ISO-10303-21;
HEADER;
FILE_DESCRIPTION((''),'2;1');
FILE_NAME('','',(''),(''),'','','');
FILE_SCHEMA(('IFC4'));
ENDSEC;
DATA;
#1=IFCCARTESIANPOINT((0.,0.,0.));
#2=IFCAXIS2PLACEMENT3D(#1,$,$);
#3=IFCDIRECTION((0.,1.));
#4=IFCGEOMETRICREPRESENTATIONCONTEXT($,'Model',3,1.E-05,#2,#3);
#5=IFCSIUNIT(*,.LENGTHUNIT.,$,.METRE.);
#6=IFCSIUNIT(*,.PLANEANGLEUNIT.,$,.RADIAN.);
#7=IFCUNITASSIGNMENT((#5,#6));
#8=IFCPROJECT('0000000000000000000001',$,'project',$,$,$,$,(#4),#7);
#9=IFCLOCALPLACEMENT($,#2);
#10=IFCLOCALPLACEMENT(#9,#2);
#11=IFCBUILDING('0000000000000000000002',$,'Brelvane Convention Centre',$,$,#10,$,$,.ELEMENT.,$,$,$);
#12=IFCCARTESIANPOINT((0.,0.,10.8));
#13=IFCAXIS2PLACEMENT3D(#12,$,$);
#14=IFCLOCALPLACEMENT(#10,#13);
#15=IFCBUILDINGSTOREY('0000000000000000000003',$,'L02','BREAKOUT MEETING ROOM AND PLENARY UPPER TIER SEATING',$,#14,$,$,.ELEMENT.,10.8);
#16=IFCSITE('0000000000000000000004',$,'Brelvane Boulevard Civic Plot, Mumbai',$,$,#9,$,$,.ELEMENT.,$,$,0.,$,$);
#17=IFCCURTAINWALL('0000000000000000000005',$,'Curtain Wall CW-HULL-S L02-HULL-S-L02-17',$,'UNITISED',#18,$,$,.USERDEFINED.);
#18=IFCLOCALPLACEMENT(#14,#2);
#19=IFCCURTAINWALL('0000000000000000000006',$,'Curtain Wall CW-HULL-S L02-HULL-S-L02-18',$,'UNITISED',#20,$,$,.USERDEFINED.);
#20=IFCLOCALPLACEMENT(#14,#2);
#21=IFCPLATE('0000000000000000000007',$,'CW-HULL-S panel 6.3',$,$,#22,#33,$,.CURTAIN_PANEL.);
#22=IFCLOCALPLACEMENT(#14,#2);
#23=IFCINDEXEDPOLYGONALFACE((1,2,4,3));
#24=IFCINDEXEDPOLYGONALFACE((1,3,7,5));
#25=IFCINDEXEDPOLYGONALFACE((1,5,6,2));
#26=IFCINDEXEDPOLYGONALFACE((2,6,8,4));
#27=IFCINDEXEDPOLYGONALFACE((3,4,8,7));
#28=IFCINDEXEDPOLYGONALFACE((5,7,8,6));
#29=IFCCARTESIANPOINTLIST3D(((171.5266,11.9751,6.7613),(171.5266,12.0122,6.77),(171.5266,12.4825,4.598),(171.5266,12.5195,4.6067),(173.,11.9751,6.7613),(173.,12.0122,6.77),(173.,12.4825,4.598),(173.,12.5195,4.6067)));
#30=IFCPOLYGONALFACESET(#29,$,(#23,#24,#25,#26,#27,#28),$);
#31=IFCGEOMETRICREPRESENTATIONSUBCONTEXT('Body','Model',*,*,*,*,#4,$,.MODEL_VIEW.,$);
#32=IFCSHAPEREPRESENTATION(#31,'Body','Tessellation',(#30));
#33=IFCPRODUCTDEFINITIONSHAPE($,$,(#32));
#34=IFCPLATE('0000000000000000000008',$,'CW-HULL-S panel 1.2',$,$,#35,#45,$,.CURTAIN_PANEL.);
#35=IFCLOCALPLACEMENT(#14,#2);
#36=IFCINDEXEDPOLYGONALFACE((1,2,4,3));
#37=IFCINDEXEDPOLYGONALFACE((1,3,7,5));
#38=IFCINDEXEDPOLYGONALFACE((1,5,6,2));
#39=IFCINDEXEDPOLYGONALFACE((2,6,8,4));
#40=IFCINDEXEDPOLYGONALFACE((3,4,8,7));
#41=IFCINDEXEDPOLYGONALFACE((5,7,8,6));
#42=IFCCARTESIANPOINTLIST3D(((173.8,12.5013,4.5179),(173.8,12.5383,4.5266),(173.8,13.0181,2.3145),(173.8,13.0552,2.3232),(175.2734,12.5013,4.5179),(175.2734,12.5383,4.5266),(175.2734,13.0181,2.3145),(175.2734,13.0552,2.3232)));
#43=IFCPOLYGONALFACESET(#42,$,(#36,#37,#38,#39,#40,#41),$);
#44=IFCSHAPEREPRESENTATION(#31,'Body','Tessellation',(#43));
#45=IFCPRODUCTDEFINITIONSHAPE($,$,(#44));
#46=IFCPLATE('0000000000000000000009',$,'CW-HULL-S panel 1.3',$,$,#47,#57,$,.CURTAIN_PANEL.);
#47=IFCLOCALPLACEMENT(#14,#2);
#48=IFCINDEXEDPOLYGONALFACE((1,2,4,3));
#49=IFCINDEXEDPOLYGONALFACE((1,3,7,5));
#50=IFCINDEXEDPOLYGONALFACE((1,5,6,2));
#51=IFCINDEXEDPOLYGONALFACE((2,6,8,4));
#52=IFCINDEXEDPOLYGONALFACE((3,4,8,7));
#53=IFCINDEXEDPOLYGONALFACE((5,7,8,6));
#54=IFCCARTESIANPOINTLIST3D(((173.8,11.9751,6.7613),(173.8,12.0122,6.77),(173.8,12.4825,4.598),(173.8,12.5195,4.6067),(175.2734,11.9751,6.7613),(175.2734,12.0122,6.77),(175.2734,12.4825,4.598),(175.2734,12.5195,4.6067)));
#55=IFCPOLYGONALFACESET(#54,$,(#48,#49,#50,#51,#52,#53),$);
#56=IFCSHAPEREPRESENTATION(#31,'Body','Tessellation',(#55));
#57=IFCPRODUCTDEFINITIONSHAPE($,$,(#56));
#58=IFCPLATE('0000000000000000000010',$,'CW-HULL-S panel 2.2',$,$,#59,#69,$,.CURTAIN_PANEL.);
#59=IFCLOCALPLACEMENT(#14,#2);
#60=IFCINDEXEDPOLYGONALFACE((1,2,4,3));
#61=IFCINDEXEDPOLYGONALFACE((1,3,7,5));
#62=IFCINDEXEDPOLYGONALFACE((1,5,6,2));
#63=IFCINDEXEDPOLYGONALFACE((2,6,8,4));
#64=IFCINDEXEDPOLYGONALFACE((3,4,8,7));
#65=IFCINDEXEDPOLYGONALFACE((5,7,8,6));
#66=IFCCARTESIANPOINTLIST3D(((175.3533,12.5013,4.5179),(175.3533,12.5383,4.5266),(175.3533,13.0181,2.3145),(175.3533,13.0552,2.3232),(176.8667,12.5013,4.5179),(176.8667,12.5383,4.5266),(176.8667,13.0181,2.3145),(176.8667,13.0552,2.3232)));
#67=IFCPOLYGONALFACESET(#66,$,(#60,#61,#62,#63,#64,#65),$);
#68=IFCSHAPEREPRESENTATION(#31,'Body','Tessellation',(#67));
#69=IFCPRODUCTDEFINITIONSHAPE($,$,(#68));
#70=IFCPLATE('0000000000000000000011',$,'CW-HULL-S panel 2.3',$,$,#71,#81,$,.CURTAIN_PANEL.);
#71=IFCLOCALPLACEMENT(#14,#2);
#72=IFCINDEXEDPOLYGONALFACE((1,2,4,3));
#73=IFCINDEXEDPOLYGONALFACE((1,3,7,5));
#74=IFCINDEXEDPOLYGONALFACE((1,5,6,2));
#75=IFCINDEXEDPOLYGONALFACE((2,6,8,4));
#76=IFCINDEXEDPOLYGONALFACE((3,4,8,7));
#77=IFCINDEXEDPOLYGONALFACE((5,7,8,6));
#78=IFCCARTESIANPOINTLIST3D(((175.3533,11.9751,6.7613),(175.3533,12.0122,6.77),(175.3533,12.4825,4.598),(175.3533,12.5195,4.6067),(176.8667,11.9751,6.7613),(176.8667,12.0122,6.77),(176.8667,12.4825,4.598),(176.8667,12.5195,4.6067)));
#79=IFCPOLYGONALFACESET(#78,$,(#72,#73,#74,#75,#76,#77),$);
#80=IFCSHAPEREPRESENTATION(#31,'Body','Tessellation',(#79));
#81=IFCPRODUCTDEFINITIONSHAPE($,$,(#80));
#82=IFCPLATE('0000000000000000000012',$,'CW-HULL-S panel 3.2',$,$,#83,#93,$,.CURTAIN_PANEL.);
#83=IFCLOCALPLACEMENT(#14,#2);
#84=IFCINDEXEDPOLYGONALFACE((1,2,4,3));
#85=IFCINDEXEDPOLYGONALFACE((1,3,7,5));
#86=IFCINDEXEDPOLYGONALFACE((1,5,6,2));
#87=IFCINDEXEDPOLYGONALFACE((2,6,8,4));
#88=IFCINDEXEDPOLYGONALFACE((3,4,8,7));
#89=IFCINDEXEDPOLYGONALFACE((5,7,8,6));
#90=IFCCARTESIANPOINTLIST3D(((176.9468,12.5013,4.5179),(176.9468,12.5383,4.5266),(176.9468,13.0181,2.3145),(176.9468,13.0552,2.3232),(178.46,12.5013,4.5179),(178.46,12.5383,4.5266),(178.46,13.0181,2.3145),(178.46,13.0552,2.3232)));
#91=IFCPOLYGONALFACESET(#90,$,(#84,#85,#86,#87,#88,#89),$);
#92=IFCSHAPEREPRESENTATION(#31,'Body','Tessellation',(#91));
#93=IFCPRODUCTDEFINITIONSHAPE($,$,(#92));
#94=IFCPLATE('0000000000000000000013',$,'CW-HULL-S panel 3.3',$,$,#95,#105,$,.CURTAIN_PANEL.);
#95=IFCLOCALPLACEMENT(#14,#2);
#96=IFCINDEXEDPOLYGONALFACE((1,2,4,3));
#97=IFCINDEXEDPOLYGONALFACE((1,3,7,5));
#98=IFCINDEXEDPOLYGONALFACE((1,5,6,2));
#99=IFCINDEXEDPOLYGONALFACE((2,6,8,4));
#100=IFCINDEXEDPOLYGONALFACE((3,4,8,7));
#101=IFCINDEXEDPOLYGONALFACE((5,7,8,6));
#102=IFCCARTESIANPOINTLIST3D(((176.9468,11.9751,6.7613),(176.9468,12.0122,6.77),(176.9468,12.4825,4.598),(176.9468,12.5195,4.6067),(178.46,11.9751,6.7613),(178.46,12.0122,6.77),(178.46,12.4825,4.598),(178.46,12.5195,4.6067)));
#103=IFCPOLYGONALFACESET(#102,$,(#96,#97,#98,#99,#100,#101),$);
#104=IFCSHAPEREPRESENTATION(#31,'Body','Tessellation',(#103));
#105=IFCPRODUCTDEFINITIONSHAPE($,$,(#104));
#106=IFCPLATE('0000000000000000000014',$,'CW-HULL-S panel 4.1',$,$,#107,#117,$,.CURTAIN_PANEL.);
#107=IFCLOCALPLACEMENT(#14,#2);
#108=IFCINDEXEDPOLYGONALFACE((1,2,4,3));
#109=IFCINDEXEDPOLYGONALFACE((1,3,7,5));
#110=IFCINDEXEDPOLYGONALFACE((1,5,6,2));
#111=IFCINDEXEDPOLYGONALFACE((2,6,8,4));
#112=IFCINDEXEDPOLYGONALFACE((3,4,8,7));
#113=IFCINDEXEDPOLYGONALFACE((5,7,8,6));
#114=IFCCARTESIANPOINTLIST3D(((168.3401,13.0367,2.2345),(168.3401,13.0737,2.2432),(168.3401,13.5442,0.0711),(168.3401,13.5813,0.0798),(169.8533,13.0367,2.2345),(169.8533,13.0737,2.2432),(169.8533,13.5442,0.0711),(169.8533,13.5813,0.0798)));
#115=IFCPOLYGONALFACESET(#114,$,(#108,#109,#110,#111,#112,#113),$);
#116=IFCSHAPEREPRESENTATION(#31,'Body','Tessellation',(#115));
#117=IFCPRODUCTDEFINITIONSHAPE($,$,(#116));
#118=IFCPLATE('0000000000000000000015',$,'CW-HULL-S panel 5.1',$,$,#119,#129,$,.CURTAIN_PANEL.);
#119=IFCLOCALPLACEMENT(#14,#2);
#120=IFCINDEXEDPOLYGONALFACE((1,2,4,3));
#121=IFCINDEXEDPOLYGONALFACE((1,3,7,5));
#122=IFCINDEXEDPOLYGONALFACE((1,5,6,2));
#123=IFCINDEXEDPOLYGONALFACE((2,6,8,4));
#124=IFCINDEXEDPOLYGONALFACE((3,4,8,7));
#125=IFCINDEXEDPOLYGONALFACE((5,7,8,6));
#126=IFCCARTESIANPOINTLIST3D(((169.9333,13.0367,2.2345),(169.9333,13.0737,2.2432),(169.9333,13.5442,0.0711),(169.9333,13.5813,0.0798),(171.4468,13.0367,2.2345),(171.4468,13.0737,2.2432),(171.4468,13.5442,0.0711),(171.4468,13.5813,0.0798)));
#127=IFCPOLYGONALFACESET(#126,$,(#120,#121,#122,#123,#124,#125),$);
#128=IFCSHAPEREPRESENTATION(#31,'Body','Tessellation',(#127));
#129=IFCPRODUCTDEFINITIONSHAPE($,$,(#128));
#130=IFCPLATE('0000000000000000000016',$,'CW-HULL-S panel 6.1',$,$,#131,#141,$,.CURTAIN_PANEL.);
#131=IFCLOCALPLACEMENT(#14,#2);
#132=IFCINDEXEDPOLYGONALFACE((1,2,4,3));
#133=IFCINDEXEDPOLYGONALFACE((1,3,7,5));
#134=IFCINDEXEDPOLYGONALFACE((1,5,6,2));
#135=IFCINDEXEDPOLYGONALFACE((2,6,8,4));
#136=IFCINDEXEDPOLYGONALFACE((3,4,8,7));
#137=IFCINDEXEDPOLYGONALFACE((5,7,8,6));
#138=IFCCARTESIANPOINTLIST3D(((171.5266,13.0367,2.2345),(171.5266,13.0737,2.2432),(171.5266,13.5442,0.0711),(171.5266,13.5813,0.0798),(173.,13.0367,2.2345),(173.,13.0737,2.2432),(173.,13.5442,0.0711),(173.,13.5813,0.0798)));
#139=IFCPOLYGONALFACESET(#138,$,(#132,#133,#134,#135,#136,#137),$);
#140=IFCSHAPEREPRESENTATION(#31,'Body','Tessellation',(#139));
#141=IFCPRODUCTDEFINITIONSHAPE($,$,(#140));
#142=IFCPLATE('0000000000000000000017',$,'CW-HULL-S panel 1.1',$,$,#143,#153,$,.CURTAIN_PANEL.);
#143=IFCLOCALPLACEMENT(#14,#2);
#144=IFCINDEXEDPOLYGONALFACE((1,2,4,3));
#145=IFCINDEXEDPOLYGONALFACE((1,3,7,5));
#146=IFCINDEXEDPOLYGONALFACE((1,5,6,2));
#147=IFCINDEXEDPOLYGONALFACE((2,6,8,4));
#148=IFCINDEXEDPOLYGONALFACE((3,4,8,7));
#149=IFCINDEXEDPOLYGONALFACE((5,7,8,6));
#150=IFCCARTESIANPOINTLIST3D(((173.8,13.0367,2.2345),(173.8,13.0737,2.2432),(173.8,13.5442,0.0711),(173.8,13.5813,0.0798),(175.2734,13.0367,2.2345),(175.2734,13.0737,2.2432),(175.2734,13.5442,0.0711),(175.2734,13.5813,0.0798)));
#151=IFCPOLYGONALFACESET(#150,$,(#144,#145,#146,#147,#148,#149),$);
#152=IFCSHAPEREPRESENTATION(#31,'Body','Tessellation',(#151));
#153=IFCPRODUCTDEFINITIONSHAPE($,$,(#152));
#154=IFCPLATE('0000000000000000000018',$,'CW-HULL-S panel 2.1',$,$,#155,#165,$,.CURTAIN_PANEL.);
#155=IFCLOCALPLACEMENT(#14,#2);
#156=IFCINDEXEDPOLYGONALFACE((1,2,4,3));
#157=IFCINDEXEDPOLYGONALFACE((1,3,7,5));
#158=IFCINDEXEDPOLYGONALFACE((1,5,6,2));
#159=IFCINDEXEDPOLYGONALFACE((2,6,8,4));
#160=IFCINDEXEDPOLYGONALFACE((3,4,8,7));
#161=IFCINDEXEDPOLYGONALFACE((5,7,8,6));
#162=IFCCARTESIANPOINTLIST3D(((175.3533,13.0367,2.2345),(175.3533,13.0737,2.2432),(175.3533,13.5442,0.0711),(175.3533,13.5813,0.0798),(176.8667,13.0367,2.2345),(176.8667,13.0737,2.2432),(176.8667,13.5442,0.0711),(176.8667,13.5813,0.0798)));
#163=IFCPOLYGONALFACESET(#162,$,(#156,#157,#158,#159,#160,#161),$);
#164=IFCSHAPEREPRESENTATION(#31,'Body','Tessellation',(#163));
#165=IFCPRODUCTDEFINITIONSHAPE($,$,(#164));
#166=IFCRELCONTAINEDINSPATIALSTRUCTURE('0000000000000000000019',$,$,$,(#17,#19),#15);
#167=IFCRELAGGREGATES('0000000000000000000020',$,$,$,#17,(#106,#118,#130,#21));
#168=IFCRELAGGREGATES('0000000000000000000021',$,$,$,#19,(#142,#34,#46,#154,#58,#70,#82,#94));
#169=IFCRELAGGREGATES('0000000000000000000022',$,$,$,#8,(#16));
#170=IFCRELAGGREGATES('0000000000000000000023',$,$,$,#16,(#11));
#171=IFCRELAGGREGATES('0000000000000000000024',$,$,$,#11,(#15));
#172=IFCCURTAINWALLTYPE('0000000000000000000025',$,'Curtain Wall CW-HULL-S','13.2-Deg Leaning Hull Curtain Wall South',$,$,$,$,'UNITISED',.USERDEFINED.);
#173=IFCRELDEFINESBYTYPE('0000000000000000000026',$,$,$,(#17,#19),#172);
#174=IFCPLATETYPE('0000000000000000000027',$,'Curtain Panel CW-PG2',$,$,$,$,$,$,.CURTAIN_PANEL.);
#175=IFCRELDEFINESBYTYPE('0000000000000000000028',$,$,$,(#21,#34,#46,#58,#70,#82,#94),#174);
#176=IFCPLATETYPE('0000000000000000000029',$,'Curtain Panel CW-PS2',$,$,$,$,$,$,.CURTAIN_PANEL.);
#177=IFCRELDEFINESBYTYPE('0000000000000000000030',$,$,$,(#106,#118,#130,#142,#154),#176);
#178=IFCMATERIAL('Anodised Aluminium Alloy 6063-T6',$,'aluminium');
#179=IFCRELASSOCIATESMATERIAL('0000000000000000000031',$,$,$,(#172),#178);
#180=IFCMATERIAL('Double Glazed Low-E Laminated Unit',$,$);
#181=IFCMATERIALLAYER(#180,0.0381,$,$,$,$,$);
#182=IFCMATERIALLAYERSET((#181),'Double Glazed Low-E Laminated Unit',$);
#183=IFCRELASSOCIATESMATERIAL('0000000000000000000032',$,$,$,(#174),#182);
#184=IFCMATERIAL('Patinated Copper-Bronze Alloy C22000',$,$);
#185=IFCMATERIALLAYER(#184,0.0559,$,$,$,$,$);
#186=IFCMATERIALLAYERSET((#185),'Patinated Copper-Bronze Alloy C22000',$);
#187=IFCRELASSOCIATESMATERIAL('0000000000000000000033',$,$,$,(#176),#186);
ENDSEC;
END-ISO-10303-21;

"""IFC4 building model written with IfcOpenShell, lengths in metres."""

from ifc_helpers import new_model, si_unit, direction, frame, origin, place, context, subcontext, project, spatial, polyline, outline, extrude, material, layer, layer_set, type_object, element, aggregate, save


model = new_model("IFC4")

# Units and contexts
model_context = context("Model", 3, precision=1e-05, world=origin(), true_north=direction((0.0, 1.0)))
body_context = subcontext(model_context, "Body", "Model", "MODEL_VIEW")
ifc_project = project(units=[si_unit("LENGTHUNIT", "METRE"), si_unit("PLANEANGLEUNIT", "RADIAN")], contexts=[model_context])

# Site, building, storey
site_placement = place(None, origin())
site = spatial("IfcSite", under=ifc_project, at=site_placement, Name="Brelvane Boulevard Civic Plot, Mumbai", CompositionType="ELEMENT", RefElevation=0.0)
building_placement = place(site_placement, origin())
building = spatial("IfcBuilding", under=site, at=building_placement, Name="Brelvane Convention Centre", CompositionType="ELEMENT")
storey_placement = place(building_placement, frame((0.0, 0.0, 10.8)))
storey = spatial("IfcBuildingStorey", under=building, at=storey_placement, Name="L02", Description="BREAKOUT MEETING ROOM AND PLENARY UPPER TIER SEATING", CompositionType="ELEMENT", Elevation=10.8)

# Curtain walls
ifc_material_1 = material(Name="Anodised Aluminium Alloy 6063-T6", Category="aluminium")
curtain_wall_type = type_object("IfcCurtainWallType", Name="Curtain Wall CW-HULL-S", Description="13.2-Deg Leaning Hull Curtain Wall South", ElementType="UNITISED", PredefinedType="USERDEFINED", material=ifc_material_1)
curtain_wall_1_placement = place(storey_placement, origin())
curtain_wall_1 = element("IfcCurtainWall", 1, at=curtain_wall_1_placement, inside=storey, type_object=curtain_wall_type, Name="Curtain Wall CW-HULL-S L02-HULL-S-L02-17", ObjectType="UNITISED", PredefinedType="USERDEFINED")
curtain_wall_2_placement = place(storey_placement, origin())
curtain_wall_2 = element("IfcCurtainWall", 2, at=curtain_wall_2_placement, inside=storey, type_object=curtain_wall_type, Name="Curtain Wall CW-HULL-S L02-HULL-S-L02-18", ObjectType="UNITISED", PredefinedType="USERDEFINED")

# Plates
ifc_material_2 = material(Name="Double Glazed Low-E Laminated Unit")
ifc_layer_1 = layer(ifc_material_2, 0.0381)
ifc_layer_set_1 = layer_set([ifc_layer_1], Name="Double Glazed Low-E Laminated Unit")
plate_type_1 = type_object("IfcPlateType", Name="Curtain Panel CW-PG2", PredefinedType="CURTAIN_PANEL", material=ifc_layer_set_1)
plate_1_placement = place(storey_placement, frame((171.5266, 12.5195, 4.6067), z_axis=(0.0, 0.973587, 0.228317), x_axis=(1.0, 0.0, 0.0)))
plate_1 = element("IfcPlate", 3, at=plate_1_placement, type_object=plate_type_1, Name="CW-HULL-S panel 6.3", PredefinedType="CURTAIN_PANEL", context=body_context, shape_type="SweptSolid", body=[
    extrude(outline(polyline([(0.0, 0.0), (1.4734, 0.0), (1.4734, -2.222), (0.0, -2.222), (0.0, 0.0)])), origin(), (0.0, 0.0, -1.0), 0.0381),
])
plate_2_placement = place(storey_placement, frame((173.8, 13.0552, 2.3232), z_axis=(0.0, 0.973574, 0.228372), x_axis=(1.0, 0.0, 0.0)))
plate_2 = element("IfcPlate", 4, at=plate_2_placement, type_object=plate_type_1, Name="CW-HULL-S panel 1.2", PredefinedType="CURTAIN_PANEL", context=body_context, shape_type="SweptSolid", body=[
    extrude(outline(polyline([(0.0, 0.0), (1.4734, 0.0), (1.4734, -2.2632), (0.0, -2.2632), (0.0, 0.0)])), origin(), (0.0, 0.0, -1.0), 0.0381),
])
plate_3_placement = place(storey_placement, frame((173.8, 12.5195, 4.6067), z_axis=(0.0, 0.973587, 0.228317), x_axis=(1.0, 0.0, 0.0)))
plate_3 = element("IfcPlate", 5, at=plate_3_placement, type_object=plate_type_1, Name="CW-HULL-S panel 1.3", PredefinedType="CURTAIN_PANEL", context=body_context, shape_type="SweptSolid", body=[
    extrude(outline(polyline([(0.0, 0.0), (1.4734, 0.0), (1.4734, -2.222), (0.0, -2.222), (0.0, 0.0)])), origin(), (0.0, 0.0, -1.0), 0.0381),
])
plate_4_placement = place(storey_placement, frame((175.3533, 13.0552, 2.3232), z_axis=(0.0, 0.973574, 0.228372), x_axis=(1.0, 0.0, 0.0)))
plate_4 = element("IfcPlate", 6, at=plate_4_placement, type_object=plate_type_1, Name="CW-HULL-S panel 2.2", PredefinedType="CURTAIN_PANEL", context=body_context, shape_type="SweptSolid", body=[
    extrude(outline(polyline([(0.0, 0.0), (1.5134, 0.0), (1.5134, -2.2632), (0.0, -2.2632), (0.0, 0.0)])), origin(), (0.0, 0.0, -1.0), 0.0381),
])
plate_5_placement = place(storey_placement, frame((175.3533, 12.5195, 4.6067), z_axis=(0.0, 0.973587, 0.228317), x_axis=(1.0, 0.0, 0.0)))
plate_5 = element("IfcPlate", 7, at=plate_5_placement, type_object=plate_type_1, Name="CW-HULL-S panel 2.3", PredefinedType="CURTAIN_PANEL", context=body_context, shape_type="SweptSolid", body=[
    extrude(outline(polyline([(0.0, 0.0), (1.5134, 0.0), (1.5134, -2.222), (0.0, -2.222), (0.0, 0.0)])), origin(), (0.0, 0.0, -1.0), 0.0381),
])
plate_6_placement = place(storey_placement, frame((176.9468, 13.0552, 2.3232), z_axis=(0.0, 0.973574, 0.228372), x_axis=(1.0, 0.0, 0.0)))
plate_6 = element("IfcPlate", 8, at=plate_6_placement, type_object=plate_type_1, Name="CW-HULL-S panel 3.2", PredefinedType="CURTAIN_PANEL", context=body_context, shape_type="SweptSolid", body=[
    extrude(outline(polyline([(0.0, 0.0), (1.5132, 0.0), (1.5132, -2.2632), (0.0, -2.2632), (0.0, 0.0)])), origin(), (0.0, 0.0, -1.0), 0.0381),
])
plate_7_placement = place(storey_placement, frame((176.9468, 12.5195, 4.6067), z_axis=(0.0, 0.973587, 0.228317), x_axis=(1.0, 0.0, 0.0)))
plate_7 = element("IfcPlate", 9, at=plate_7_placement, type_object=plate_type_1, Name="CW-HULL-S panel 3.3", PredefinedType="CURTAIN_PANEL", context=body_context, shape_type="SweptSolid", body=[
    extrude(outline(polyline([(0.0, 0.0), (1.5132, 0.0), (1.5132, -2.222), (0.0, -2.222), (0.0, 0.0)])), origin(), (0.0, 0.0, -1.0), 0.0381),
])
ifc_material_3 = material(Name="Patinated Copper-Bronze Alloy C22000")
ifc_layer_2 = layer(ifc_material_3, 0.0559)
ifc_layer_set_2 = layer_set([ifc_layer_2], Name="Patinated Copper-Bronze Alloy C22000")
plate_type_2 = type_object("IfcPlateType", Name="Curtain Panel CW-PS2", PredefinedType="CURTAIN_PANEL", material=ifc_layer_set_2)
plate_8_placement = place(storey_placement, frame((168.3401, 13.5813, 0.0798), z_axis=(0.0, 0.973563, 0.228421), x_axis=(1.0, 0.0, 0.0)))
plate_8 = element("IfcPlate", 10, at=plate_8_placement, type_object=plate_type_2, Name="CW-HULL-S panel 4.1", PredefinedType="CURTAIN_PANEL", context=body_context, shape_type="SweptSolid", body=[
    extrude(outline(polyline([(0.0, 0.0), (1.5132, 0.0), (1.5132, -2.2221), (0.0, -2.2221), (0.0, 0.0)])), origin(), (0.0, 0.0, -1.0), 0.0381),
])
plate_9_placement = place(storey_placement, frame((169.9333, 13.5813, 0.0798), z_axis=(0.0, 0.973563, 0.228421), x_axis=(1.0, 0.0, 0.0)))
plate_9 = element("IfcPlate", 11, at=plate_9_placement, type_object=plate_type_2, Name="CW-HULL-S panel 5.1", PredefinedType="CURTAIN_PANEL", context=body_context, shape_type="SweptSolid", body=[
    extrude(outline(polyline([(0.0, 0.0), (1.5134, 0.0), (1.5134, -2.2221), (0.0, -2.2221), (0.0, 0.0)])), origin(), (0.0, 0.0, -1.0), 0.0381),
])
plate_10_placement = place(storey_placement, frame((171.5266, 13.5813, 0.0798), z_axis=(0.0, 0.973563, 0.228421), x_axis=(1.0, 0.0, 0.0)))
plate_10 = element("IfcPlate", 12, at=plate_10_placement, type_object=plate_type_2, Name="CW-HULL-S panel 6.1", PredefinedType="CURTAIN_PANEL", context=body_context, shape_type="SweptSolid", body=[
    extrude(outline(polyline([(0.0, 0.0), (1.4734, 0.0), (1.4734, -2.2221), (0.0, -2.2221), (0.0, 0.0)])), origin(), (0.0, 0.0, -1.0), 0.0381),
])
aggregate(curtain_wall_1, [plate_8, plate_9, plate_10, plate_1])
plate_11_placement = place(storey_placement, frame((173.8, 13.5813, 0.0798), z_axis=(0.0, 0.973563, 0.228421), x_axis=(1.0, 0.0, 0.0)))
plate_11 = element("IfcPlate", 13, at=plate_11_placement, type_object=plate_type_2, Name="CW-HULL-S panel 1.1", PredefinedType="CURTAIN_PANEL", context=body_context, shape_type="SweptSolid", body=[
    extrude(outline(polyline([(0.0, 0.0), (1.4734, 0.0), (1.4734, -2.2221), (0.0, -2.2221), (0.0, 0.0)])), origin(), (0.0, 0.0, -1.0), 0.0381),
])
plate_12_placement = place(storey_placement, frame((175.3533, 13.5813, 0.0798), z_axis=(0.0, 0.973563, 0.228421), x_axis=(1.0, 0.0, 0.0)))
plate_12 = element("IfcPlate", 14, at=plate_12_placement, type_object=plate_type_2, Name="CW-HULL-S panel 2.1", PredefinedType="CURTAIN_PANEL", context=body_context, shape_type="SweptSolid", body=[
    extrude(outline(polyline([(0.0, 0.0), (1.5134, 0.0), (1.5134, -2.2221), (0.0, -2.2221), (0.0, 0.0)])), origin(), (0.0, 0.0, -1.0), 0.0381),
])
aggregate(curtain_wall_2, [plate_11, plate_2, plate_3, plate_12, plate_4, plate_5, plate_6, plate_7])

save(model, "model.ifc")
